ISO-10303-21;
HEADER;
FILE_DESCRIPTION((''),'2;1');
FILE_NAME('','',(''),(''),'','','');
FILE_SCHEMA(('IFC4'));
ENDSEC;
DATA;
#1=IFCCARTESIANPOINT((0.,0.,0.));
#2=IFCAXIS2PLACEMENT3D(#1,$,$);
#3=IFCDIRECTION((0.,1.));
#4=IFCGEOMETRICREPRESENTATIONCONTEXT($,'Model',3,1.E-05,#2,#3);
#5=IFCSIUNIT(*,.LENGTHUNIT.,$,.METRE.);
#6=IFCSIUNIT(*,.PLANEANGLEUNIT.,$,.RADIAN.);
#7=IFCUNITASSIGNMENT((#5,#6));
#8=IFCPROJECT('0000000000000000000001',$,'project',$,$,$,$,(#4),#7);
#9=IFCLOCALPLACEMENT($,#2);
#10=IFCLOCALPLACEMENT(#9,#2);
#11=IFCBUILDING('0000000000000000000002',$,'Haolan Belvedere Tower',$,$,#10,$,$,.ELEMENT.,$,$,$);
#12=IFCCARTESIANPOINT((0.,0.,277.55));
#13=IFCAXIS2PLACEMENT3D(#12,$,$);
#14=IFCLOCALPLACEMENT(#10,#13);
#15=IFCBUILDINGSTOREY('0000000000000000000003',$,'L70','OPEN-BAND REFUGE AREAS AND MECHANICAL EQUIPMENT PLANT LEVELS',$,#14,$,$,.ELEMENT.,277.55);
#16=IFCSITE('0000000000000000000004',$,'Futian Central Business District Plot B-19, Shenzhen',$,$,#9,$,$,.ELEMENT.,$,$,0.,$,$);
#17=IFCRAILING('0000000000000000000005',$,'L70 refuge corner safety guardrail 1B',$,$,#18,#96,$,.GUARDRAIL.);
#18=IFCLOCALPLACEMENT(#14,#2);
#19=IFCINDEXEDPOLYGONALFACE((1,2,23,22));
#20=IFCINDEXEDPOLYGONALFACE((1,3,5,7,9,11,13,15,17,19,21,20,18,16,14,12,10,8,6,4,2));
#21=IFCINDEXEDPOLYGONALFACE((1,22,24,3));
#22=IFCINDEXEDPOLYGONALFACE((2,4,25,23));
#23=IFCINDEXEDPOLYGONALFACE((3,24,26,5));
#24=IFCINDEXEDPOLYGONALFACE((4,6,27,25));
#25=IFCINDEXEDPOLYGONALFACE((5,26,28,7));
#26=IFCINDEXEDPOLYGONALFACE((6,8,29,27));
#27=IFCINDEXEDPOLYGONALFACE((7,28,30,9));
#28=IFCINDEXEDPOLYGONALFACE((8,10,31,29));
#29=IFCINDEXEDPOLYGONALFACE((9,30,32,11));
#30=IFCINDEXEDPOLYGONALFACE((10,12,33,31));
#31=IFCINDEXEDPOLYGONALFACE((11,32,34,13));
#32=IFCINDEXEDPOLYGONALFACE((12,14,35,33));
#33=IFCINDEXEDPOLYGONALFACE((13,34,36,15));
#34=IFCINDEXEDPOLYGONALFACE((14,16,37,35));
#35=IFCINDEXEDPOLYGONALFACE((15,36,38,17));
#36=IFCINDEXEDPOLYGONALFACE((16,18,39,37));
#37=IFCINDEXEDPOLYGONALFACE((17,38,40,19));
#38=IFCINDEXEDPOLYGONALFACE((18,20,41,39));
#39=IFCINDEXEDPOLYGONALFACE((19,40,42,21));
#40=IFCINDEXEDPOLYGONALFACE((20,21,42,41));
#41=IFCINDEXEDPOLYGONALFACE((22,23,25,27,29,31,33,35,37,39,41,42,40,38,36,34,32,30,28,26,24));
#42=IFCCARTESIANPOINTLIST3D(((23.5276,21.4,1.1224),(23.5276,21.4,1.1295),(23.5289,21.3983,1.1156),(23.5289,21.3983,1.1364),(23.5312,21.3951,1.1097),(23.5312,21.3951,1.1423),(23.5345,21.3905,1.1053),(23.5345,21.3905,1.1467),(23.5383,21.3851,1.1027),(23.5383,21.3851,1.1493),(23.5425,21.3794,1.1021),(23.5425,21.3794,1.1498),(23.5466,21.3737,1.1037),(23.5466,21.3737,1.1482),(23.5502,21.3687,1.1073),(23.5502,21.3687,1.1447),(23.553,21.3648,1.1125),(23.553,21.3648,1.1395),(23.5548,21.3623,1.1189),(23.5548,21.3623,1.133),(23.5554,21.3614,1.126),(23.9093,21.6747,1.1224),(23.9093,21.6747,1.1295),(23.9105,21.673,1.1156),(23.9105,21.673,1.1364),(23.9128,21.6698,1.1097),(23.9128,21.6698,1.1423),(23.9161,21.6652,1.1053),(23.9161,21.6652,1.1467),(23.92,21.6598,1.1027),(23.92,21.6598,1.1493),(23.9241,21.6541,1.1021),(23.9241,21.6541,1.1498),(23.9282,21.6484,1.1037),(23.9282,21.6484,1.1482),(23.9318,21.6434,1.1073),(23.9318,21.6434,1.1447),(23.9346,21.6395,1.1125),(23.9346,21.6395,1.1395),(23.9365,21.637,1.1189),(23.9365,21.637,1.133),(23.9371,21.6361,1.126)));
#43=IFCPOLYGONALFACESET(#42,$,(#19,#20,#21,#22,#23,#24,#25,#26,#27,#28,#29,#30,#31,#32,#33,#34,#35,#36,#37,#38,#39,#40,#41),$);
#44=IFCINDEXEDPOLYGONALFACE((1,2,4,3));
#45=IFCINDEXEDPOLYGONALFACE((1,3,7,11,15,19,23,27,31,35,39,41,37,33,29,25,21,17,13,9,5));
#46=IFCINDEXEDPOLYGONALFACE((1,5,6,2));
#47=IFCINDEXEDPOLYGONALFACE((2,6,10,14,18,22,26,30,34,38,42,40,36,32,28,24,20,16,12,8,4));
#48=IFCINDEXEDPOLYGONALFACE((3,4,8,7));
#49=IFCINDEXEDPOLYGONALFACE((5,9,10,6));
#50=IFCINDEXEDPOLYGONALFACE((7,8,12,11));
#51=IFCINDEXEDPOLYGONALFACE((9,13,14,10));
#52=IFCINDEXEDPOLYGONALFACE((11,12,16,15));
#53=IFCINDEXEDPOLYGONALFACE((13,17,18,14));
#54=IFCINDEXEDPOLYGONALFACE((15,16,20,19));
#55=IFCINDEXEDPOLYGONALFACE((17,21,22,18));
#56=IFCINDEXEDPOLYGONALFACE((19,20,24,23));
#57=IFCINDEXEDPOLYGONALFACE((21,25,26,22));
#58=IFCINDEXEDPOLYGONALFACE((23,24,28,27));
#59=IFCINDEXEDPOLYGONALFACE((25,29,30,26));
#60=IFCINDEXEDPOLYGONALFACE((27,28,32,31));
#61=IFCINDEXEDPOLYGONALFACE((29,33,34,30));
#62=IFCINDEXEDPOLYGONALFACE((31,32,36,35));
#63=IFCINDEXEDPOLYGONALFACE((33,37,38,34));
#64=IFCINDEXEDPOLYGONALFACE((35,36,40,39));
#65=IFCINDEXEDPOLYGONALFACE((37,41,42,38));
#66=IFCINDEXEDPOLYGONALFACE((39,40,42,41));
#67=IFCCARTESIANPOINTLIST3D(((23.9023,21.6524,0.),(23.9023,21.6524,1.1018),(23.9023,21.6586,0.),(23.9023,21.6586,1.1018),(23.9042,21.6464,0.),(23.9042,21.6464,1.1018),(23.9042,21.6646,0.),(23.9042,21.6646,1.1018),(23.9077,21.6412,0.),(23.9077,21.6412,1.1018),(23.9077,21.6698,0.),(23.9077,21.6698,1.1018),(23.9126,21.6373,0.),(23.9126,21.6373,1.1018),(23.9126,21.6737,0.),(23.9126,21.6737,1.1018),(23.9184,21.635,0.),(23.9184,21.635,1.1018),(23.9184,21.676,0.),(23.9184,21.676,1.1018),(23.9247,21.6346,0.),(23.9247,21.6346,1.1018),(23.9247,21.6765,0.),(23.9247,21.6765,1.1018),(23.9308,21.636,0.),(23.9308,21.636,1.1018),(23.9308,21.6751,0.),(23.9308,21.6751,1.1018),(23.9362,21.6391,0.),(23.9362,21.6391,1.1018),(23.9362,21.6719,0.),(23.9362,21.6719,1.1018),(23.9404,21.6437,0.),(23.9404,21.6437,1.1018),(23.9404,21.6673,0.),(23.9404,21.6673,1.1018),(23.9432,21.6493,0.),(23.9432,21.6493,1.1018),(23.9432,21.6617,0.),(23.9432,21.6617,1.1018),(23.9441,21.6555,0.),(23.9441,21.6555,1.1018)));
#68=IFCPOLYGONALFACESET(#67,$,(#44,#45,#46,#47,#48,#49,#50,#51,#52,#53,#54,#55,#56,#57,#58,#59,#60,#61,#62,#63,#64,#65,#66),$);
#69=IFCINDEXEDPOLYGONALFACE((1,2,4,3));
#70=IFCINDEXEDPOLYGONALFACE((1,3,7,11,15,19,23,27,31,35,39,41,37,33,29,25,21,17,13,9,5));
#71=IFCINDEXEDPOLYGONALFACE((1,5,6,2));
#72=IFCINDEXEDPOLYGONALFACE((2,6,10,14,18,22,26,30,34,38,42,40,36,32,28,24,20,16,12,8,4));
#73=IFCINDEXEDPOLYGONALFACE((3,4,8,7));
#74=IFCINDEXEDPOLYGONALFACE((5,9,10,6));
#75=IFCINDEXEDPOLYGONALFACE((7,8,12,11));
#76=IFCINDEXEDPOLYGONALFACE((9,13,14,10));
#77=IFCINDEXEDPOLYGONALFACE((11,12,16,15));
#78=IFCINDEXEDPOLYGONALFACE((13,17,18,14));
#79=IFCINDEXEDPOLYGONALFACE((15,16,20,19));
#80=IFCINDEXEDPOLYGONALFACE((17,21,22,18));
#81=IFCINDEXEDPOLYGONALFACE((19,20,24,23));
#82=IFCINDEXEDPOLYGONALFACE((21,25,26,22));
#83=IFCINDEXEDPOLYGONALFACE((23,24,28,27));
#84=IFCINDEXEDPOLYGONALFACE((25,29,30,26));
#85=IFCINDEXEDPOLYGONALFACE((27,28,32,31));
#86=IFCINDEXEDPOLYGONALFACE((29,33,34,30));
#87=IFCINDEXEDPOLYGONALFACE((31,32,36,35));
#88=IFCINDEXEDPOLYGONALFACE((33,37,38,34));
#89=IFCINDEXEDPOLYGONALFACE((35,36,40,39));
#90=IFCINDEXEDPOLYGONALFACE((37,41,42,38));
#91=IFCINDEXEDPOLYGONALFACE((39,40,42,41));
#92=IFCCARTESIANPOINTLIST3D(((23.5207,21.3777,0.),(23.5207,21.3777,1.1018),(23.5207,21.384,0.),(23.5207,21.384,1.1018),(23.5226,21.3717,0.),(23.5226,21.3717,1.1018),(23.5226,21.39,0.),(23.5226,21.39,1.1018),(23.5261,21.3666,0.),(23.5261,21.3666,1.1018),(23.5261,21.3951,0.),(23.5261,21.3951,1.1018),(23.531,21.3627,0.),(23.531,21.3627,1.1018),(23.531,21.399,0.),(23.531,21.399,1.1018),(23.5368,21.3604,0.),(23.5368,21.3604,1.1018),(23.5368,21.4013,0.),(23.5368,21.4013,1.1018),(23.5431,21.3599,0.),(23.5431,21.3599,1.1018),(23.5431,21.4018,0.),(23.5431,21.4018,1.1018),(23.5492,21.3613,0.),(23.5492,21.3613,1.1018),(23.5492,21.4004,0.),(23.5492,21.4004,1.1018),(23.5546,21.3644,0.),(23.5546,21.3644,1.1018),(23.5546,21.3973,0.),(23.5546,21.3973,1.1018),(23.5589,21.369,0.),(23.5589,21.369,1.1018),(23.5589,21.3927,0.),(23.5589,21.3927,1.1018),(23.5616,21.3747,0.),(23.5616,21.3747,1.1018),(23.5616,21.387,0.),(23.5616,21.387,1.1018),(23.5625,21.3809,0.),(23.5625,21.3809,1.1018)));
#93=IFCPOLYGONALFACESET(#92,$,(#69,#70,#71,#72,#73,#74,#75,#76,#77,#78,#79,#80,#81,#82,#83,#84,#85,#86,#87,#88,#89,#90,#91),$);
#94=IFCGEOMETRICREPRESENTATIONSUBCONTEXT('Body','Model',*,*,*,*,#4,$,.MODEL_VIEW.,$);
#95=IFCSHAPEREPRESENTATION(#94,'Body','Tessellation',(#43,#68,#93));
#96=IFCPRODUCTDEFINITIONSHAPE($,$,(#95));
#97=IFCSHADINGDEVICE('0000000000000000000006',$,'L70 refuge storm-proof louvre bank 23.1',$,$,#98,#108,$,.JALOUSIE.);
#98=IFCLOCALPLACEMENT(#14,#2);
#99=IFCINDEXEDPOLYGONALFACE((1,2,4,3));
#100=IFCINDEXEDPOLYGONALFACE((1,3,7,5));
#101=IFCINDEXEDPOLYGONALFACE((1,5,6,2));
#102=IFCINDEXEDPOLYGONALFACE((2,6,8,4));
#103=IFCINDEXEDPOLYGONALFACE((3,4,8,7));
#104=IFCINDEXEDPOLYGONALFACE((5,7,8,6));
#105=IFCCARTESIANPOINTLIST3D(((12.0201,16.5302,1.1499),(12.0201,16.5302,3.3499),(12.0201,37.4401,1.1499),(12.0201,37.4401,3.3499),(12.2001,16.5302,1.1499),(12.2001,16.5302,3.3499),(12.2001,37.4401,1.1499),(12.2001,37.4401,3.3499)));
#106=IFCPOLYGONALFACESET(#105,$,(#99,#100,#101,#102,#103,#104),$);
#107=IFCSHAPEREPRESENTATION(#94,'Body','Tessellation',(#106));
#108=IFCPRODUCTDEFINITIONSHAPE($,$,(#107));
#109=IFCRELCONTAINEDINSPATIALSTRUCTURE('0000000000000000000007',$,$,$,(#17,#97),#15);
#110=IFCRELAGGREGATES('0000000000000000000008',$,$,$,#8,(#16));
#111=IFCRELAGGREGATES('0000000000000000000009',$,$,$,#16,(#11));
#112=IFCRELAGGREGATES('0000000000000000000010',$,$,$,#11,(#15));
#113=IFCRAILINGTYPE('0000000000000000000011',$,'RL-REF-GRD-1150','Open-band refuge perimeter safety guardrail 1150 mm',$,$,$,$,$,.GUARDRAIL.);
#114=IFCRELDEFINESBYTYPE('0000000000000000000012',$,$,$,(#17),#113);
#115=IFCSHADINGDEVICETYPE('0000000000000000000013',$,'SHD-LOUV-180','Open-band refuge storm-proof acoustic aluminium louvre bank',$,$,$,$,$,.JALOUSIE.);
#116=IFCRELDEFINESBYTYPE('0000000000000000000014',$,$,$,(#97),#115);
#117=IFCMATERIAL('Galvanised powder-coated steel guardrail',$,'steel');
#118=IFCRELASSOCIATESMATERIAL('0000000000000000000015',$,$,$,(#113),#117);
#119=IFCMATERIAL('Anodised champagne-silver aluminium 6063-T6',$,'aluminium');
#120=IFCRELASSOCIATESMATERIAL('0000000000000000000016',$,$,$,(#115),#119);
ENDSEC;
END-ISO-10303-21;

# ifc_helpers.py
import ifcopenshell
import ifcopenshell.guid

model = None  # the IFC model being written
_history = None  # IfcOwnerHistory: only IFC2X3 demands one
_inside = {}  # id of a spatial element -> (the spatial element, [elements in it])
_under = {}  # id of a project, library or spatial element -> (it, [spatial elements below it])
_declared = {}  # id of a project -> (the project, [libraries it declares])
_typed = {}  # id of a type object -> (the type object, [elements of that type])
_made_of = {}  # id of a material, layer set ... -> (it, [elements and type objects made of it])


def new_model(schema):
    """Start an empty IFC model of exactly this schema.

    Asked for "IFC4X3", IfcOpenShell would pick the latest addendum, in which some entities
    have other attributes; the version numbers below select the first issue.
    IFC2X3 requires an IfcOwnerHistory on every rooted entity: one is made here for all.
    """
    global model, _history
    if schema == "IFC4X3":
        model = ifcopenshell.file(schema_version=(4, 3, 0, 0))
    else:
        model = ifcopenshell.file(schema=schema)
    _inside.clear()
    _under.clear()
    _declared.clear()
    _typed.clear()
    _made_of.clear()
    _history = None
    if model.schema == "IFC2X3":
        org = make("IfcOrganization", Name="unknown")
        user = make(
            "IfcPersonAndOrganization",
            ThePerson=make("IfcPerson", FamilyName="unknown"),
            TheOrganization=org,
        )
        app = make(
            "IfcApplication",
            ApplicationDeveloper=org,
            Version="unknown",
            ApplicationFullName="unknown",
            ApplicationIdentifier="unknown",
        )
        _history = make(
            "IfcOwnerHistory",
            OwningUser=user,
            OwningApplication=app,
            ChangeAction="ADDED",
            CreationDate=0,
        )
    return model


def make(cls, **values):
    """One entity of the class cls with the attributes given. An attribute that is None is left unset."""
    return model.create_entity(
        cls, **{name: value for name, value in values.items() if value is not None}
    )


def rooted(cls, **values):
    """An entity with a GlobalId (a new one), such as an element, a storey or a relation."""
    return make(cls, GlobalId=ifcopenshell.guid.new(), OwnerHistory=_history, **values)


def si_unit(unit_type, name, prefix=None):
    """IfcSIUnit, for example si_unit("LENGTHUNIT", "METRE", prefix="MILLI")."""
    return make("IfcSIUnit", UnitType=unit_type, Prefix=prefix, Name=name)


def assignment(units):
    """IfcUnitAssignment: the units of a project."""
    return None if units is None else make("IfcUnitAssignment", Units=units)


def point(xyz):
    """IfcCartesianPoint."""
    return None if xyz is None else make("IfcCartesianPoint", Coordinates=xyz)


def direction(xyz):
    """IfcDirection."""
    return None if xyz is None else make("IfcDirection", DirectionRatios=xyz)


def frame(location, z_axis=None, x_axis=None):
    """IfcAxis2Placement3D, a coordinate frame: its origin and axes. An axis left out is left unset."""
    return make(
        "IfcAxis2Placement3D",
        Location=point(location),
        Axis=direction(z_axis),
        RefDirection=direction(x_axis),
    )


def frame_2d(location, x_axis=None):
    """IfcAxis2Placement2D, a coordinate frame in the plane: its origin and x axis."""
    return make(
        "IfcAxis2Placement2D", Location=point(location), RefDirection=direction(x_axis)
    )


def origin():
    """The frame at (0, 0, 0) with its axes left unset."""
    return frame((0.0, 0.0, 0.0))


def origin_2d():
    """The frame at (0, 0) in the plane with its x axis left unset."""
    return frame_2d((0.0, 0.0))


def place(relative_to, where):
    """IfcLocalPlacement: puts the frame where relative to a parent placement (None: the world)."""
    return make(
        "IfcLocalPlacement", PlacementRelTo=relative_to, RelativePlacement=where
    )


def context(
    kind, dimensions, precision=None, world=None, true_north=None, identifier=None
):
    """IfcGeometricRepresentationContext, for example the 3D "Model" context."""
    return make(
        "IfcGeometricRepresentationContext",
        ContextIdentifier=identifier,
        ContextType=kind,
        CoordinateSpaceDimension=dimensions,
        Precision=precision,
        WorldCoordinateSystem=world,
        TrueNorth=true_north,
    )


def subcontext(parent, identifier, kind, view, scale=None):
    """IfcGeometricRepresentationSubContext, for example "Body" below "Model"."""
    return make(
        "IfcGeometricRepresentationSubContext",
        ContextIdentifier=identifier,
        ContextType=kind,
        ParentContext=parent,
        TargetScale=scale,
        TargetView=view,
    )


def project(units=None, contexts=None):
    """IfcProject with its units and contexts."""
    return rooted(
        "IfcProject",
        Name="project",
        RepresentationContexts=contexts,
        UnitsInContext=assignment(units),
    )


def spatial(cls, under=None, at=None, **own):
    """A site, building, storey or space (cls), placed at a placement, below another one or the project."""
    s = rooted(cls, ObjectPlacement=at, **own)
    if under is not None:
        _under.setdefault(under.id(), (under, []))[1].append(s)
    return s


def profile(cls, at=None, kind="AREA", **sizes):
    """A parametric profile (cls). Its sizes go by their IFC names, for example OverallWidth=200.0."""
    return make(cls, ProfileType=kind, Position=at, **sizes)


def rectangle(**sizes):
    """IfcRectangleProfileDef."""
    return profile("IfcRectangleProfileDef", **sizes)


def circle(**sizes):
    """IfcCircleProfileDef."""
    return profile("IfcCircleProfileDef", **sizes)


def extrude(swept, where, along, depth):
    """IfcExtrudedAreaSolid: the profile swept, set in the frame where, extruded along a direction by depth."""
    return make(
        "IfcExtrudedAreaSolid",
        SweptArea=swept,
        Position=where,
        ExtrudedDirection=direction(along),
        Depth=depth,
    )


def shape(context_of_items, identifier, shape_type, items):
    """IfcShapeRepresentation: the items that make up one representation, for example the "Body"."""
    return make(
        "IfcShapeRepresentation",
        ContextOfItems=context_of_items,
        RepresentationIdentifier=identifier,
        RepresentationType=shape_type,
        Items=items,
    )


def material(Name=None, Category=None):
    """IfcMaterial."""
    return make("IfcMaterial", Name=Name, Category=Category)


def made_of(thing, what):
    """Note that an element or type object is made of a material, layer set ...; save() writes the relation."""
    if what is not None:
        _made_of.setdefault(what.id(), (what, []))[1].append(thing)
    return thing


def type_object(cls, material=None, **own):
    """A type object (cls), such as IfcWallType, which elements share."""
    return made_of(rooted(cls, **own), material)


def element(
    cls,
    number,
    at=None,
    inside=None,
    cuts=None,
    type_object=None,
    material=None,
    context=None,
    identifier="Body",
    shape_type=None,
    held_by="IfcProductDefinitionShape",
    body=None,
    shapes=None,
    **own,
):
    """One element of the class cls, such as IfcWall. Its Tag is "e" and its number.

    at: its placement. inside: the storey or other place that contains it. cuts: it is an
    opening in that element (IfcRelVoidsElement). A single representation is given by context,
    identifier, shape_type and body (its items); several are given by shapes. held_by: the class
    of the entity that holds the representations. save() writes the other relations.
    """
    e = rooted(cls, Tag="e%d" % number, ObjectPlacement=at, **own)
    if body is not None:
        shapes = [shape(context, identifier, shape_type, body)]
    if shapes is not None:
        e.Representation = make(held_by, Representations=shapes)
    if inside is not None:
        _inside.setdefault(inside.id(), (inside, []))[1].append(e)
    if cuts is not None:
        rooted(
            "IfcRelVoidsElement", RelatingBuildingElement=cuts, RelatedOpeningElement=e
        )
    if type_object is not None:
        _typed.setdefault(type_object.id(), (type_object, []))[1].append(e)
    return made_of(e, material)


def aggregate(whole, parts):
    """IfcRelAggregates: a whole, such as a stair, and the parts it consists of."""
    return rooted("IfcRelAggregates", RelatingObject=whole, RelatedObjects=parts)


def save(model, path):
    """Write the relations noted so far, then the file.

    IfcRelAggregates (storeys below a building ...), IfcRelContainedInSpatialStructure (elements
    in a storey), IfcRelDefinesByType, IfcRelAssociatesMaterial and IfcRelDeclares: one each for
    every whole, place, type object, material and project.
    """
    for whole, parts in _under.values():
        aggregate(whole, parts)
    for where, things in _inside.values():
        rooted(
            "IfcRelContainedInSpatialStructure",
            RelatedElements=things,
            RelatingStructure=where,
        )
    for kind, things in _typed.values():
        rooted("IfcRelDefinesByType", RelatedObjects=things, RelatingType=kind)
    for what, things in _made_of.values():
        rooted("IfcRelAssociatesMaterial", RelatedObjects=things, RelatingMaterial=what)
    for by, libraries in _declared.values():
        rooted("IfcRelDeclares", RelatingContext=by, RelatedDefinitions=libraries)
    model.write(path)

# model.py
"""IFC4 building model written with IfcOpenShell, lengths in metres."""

from ifc_helpers import new_model, si_unit, direction, frame, origin, origin_2d, place, context, subcontext, project, spatial, rectangle, circle, extrude, material, type_object, element, save


model = new_model("IFC4")

# Units and contexts
model_context = context("Model", 3, precision=1e-05, world=origin(), true_north=direction((0.0, 1.0)))
body_context = subcontext(model_context, "Body", "Model", "MODEL_VIEW")
ifc_project = project(units=[si_unit("LENGTHUNIT", "METRE"), si_unit("PLANEANGLEUNIT", "RADIAN")], contexts=[model_context])

# Site, building, storey
site_placement = place(None, origin())
site = spatial("IfcSite", under=ifc_project, at=site_placement, Name="Futian Central Business District Plot B-19, Shenzhen", CompositionType="ELEMENT", RefElevation=0.0)
building_placement = place(site_placement, origin())
building = spatial("IfcBuilding", under=site, at=building_placement, Name="Haolan Belvedere Tower", CompositionType="ELEMENT")
storey_placement = place(building_placement, frame((0.0, 0.0, 277.55)))
storey = spatial("IfcBuildingStorey", under=building, at=storey_placement, Name="L70", Description="OPEN-BAND REFUGE AREAS AND MECHANICAL EQUIPMENT PLANT LEVELS", CompositionType="ELEMENT", Elevation=277.55)

# Railing
ifc_material_1 = material(Name="Galvanised powder-coated steel guardrail", Category="steel")
railing_type = type_object("IfcRailingType", Name="RL-REF-GRD-1150", Description="Open-band refuge perimeter safety guardrail 1150 mm", PredefinedType="GUARDRAIL", material=ifc_material_1)
railing_placement = place(storey_placement, frame((23.9231, 21.6555, 0.0)))
element("IfcRailing", 1, at=railing_placement, inside=storey, type_object=railing_type, Name="L70 refuge corner safety guardrail 1B", PredefinedType="GUARDRAIL", context=body_context, shape_type="SweptSolid", body=[
    extrude(circle(Radius=0.0239, at=origin_2d()), frame((0.0, 0.0, 1.126), z_axis=(-0.811623, -0.584182, 0.0), x_axis=(0.584182, -0.811623, 0.0)), (0.0, 0.0, 1.0), 0.4702),
    extrude(circle(Radius=0.021, at=origin_2d()), origin(), (0.0, 0.0, 1.0), 1.1018),
    extrude(circle(Radius=0.021, at=origin_2d()), frame((-0.3816, -0.2747, 0.0)), (0.0, 0.0, 1.0), 1.1018),
])

# Shading device
ifc_material_2 = material(Name="Anodised champagne-silver aluminium 6063-T6", Category="aluminium")
shading_device_type = type_object("IfcShadingDeviceType", Name="SHD-LOUV-180", Description="Open-band refuge storm-proof acoustic aluminium louvre bank", PredefinedType="JALOUSIE", material=ifc_material_2)
shading_device_placement = place(storey_placement, frame((12.1101, 26.9851, 1.1499), z_axis=(0.0, 0.0, 1.0), x_axis=(0.0, -1.0, 0.0)))
element("IfcShadingDevice", 2, at=shading_device_placement, inside=storey, type_object=shading_device_type, Name="L70 refuge storm-proof louvre bank 23.1", PredefinedType="JALOUSIE", context=body_context, shape_type="SweptSolid", body=[
    extrude(rectangle(XDim=20.9099, YDim=0.1799, at=origin_2d()), origin(), (0.0, 0.0, 1.0), 2.2),
])

save(model, "model.ifc")
